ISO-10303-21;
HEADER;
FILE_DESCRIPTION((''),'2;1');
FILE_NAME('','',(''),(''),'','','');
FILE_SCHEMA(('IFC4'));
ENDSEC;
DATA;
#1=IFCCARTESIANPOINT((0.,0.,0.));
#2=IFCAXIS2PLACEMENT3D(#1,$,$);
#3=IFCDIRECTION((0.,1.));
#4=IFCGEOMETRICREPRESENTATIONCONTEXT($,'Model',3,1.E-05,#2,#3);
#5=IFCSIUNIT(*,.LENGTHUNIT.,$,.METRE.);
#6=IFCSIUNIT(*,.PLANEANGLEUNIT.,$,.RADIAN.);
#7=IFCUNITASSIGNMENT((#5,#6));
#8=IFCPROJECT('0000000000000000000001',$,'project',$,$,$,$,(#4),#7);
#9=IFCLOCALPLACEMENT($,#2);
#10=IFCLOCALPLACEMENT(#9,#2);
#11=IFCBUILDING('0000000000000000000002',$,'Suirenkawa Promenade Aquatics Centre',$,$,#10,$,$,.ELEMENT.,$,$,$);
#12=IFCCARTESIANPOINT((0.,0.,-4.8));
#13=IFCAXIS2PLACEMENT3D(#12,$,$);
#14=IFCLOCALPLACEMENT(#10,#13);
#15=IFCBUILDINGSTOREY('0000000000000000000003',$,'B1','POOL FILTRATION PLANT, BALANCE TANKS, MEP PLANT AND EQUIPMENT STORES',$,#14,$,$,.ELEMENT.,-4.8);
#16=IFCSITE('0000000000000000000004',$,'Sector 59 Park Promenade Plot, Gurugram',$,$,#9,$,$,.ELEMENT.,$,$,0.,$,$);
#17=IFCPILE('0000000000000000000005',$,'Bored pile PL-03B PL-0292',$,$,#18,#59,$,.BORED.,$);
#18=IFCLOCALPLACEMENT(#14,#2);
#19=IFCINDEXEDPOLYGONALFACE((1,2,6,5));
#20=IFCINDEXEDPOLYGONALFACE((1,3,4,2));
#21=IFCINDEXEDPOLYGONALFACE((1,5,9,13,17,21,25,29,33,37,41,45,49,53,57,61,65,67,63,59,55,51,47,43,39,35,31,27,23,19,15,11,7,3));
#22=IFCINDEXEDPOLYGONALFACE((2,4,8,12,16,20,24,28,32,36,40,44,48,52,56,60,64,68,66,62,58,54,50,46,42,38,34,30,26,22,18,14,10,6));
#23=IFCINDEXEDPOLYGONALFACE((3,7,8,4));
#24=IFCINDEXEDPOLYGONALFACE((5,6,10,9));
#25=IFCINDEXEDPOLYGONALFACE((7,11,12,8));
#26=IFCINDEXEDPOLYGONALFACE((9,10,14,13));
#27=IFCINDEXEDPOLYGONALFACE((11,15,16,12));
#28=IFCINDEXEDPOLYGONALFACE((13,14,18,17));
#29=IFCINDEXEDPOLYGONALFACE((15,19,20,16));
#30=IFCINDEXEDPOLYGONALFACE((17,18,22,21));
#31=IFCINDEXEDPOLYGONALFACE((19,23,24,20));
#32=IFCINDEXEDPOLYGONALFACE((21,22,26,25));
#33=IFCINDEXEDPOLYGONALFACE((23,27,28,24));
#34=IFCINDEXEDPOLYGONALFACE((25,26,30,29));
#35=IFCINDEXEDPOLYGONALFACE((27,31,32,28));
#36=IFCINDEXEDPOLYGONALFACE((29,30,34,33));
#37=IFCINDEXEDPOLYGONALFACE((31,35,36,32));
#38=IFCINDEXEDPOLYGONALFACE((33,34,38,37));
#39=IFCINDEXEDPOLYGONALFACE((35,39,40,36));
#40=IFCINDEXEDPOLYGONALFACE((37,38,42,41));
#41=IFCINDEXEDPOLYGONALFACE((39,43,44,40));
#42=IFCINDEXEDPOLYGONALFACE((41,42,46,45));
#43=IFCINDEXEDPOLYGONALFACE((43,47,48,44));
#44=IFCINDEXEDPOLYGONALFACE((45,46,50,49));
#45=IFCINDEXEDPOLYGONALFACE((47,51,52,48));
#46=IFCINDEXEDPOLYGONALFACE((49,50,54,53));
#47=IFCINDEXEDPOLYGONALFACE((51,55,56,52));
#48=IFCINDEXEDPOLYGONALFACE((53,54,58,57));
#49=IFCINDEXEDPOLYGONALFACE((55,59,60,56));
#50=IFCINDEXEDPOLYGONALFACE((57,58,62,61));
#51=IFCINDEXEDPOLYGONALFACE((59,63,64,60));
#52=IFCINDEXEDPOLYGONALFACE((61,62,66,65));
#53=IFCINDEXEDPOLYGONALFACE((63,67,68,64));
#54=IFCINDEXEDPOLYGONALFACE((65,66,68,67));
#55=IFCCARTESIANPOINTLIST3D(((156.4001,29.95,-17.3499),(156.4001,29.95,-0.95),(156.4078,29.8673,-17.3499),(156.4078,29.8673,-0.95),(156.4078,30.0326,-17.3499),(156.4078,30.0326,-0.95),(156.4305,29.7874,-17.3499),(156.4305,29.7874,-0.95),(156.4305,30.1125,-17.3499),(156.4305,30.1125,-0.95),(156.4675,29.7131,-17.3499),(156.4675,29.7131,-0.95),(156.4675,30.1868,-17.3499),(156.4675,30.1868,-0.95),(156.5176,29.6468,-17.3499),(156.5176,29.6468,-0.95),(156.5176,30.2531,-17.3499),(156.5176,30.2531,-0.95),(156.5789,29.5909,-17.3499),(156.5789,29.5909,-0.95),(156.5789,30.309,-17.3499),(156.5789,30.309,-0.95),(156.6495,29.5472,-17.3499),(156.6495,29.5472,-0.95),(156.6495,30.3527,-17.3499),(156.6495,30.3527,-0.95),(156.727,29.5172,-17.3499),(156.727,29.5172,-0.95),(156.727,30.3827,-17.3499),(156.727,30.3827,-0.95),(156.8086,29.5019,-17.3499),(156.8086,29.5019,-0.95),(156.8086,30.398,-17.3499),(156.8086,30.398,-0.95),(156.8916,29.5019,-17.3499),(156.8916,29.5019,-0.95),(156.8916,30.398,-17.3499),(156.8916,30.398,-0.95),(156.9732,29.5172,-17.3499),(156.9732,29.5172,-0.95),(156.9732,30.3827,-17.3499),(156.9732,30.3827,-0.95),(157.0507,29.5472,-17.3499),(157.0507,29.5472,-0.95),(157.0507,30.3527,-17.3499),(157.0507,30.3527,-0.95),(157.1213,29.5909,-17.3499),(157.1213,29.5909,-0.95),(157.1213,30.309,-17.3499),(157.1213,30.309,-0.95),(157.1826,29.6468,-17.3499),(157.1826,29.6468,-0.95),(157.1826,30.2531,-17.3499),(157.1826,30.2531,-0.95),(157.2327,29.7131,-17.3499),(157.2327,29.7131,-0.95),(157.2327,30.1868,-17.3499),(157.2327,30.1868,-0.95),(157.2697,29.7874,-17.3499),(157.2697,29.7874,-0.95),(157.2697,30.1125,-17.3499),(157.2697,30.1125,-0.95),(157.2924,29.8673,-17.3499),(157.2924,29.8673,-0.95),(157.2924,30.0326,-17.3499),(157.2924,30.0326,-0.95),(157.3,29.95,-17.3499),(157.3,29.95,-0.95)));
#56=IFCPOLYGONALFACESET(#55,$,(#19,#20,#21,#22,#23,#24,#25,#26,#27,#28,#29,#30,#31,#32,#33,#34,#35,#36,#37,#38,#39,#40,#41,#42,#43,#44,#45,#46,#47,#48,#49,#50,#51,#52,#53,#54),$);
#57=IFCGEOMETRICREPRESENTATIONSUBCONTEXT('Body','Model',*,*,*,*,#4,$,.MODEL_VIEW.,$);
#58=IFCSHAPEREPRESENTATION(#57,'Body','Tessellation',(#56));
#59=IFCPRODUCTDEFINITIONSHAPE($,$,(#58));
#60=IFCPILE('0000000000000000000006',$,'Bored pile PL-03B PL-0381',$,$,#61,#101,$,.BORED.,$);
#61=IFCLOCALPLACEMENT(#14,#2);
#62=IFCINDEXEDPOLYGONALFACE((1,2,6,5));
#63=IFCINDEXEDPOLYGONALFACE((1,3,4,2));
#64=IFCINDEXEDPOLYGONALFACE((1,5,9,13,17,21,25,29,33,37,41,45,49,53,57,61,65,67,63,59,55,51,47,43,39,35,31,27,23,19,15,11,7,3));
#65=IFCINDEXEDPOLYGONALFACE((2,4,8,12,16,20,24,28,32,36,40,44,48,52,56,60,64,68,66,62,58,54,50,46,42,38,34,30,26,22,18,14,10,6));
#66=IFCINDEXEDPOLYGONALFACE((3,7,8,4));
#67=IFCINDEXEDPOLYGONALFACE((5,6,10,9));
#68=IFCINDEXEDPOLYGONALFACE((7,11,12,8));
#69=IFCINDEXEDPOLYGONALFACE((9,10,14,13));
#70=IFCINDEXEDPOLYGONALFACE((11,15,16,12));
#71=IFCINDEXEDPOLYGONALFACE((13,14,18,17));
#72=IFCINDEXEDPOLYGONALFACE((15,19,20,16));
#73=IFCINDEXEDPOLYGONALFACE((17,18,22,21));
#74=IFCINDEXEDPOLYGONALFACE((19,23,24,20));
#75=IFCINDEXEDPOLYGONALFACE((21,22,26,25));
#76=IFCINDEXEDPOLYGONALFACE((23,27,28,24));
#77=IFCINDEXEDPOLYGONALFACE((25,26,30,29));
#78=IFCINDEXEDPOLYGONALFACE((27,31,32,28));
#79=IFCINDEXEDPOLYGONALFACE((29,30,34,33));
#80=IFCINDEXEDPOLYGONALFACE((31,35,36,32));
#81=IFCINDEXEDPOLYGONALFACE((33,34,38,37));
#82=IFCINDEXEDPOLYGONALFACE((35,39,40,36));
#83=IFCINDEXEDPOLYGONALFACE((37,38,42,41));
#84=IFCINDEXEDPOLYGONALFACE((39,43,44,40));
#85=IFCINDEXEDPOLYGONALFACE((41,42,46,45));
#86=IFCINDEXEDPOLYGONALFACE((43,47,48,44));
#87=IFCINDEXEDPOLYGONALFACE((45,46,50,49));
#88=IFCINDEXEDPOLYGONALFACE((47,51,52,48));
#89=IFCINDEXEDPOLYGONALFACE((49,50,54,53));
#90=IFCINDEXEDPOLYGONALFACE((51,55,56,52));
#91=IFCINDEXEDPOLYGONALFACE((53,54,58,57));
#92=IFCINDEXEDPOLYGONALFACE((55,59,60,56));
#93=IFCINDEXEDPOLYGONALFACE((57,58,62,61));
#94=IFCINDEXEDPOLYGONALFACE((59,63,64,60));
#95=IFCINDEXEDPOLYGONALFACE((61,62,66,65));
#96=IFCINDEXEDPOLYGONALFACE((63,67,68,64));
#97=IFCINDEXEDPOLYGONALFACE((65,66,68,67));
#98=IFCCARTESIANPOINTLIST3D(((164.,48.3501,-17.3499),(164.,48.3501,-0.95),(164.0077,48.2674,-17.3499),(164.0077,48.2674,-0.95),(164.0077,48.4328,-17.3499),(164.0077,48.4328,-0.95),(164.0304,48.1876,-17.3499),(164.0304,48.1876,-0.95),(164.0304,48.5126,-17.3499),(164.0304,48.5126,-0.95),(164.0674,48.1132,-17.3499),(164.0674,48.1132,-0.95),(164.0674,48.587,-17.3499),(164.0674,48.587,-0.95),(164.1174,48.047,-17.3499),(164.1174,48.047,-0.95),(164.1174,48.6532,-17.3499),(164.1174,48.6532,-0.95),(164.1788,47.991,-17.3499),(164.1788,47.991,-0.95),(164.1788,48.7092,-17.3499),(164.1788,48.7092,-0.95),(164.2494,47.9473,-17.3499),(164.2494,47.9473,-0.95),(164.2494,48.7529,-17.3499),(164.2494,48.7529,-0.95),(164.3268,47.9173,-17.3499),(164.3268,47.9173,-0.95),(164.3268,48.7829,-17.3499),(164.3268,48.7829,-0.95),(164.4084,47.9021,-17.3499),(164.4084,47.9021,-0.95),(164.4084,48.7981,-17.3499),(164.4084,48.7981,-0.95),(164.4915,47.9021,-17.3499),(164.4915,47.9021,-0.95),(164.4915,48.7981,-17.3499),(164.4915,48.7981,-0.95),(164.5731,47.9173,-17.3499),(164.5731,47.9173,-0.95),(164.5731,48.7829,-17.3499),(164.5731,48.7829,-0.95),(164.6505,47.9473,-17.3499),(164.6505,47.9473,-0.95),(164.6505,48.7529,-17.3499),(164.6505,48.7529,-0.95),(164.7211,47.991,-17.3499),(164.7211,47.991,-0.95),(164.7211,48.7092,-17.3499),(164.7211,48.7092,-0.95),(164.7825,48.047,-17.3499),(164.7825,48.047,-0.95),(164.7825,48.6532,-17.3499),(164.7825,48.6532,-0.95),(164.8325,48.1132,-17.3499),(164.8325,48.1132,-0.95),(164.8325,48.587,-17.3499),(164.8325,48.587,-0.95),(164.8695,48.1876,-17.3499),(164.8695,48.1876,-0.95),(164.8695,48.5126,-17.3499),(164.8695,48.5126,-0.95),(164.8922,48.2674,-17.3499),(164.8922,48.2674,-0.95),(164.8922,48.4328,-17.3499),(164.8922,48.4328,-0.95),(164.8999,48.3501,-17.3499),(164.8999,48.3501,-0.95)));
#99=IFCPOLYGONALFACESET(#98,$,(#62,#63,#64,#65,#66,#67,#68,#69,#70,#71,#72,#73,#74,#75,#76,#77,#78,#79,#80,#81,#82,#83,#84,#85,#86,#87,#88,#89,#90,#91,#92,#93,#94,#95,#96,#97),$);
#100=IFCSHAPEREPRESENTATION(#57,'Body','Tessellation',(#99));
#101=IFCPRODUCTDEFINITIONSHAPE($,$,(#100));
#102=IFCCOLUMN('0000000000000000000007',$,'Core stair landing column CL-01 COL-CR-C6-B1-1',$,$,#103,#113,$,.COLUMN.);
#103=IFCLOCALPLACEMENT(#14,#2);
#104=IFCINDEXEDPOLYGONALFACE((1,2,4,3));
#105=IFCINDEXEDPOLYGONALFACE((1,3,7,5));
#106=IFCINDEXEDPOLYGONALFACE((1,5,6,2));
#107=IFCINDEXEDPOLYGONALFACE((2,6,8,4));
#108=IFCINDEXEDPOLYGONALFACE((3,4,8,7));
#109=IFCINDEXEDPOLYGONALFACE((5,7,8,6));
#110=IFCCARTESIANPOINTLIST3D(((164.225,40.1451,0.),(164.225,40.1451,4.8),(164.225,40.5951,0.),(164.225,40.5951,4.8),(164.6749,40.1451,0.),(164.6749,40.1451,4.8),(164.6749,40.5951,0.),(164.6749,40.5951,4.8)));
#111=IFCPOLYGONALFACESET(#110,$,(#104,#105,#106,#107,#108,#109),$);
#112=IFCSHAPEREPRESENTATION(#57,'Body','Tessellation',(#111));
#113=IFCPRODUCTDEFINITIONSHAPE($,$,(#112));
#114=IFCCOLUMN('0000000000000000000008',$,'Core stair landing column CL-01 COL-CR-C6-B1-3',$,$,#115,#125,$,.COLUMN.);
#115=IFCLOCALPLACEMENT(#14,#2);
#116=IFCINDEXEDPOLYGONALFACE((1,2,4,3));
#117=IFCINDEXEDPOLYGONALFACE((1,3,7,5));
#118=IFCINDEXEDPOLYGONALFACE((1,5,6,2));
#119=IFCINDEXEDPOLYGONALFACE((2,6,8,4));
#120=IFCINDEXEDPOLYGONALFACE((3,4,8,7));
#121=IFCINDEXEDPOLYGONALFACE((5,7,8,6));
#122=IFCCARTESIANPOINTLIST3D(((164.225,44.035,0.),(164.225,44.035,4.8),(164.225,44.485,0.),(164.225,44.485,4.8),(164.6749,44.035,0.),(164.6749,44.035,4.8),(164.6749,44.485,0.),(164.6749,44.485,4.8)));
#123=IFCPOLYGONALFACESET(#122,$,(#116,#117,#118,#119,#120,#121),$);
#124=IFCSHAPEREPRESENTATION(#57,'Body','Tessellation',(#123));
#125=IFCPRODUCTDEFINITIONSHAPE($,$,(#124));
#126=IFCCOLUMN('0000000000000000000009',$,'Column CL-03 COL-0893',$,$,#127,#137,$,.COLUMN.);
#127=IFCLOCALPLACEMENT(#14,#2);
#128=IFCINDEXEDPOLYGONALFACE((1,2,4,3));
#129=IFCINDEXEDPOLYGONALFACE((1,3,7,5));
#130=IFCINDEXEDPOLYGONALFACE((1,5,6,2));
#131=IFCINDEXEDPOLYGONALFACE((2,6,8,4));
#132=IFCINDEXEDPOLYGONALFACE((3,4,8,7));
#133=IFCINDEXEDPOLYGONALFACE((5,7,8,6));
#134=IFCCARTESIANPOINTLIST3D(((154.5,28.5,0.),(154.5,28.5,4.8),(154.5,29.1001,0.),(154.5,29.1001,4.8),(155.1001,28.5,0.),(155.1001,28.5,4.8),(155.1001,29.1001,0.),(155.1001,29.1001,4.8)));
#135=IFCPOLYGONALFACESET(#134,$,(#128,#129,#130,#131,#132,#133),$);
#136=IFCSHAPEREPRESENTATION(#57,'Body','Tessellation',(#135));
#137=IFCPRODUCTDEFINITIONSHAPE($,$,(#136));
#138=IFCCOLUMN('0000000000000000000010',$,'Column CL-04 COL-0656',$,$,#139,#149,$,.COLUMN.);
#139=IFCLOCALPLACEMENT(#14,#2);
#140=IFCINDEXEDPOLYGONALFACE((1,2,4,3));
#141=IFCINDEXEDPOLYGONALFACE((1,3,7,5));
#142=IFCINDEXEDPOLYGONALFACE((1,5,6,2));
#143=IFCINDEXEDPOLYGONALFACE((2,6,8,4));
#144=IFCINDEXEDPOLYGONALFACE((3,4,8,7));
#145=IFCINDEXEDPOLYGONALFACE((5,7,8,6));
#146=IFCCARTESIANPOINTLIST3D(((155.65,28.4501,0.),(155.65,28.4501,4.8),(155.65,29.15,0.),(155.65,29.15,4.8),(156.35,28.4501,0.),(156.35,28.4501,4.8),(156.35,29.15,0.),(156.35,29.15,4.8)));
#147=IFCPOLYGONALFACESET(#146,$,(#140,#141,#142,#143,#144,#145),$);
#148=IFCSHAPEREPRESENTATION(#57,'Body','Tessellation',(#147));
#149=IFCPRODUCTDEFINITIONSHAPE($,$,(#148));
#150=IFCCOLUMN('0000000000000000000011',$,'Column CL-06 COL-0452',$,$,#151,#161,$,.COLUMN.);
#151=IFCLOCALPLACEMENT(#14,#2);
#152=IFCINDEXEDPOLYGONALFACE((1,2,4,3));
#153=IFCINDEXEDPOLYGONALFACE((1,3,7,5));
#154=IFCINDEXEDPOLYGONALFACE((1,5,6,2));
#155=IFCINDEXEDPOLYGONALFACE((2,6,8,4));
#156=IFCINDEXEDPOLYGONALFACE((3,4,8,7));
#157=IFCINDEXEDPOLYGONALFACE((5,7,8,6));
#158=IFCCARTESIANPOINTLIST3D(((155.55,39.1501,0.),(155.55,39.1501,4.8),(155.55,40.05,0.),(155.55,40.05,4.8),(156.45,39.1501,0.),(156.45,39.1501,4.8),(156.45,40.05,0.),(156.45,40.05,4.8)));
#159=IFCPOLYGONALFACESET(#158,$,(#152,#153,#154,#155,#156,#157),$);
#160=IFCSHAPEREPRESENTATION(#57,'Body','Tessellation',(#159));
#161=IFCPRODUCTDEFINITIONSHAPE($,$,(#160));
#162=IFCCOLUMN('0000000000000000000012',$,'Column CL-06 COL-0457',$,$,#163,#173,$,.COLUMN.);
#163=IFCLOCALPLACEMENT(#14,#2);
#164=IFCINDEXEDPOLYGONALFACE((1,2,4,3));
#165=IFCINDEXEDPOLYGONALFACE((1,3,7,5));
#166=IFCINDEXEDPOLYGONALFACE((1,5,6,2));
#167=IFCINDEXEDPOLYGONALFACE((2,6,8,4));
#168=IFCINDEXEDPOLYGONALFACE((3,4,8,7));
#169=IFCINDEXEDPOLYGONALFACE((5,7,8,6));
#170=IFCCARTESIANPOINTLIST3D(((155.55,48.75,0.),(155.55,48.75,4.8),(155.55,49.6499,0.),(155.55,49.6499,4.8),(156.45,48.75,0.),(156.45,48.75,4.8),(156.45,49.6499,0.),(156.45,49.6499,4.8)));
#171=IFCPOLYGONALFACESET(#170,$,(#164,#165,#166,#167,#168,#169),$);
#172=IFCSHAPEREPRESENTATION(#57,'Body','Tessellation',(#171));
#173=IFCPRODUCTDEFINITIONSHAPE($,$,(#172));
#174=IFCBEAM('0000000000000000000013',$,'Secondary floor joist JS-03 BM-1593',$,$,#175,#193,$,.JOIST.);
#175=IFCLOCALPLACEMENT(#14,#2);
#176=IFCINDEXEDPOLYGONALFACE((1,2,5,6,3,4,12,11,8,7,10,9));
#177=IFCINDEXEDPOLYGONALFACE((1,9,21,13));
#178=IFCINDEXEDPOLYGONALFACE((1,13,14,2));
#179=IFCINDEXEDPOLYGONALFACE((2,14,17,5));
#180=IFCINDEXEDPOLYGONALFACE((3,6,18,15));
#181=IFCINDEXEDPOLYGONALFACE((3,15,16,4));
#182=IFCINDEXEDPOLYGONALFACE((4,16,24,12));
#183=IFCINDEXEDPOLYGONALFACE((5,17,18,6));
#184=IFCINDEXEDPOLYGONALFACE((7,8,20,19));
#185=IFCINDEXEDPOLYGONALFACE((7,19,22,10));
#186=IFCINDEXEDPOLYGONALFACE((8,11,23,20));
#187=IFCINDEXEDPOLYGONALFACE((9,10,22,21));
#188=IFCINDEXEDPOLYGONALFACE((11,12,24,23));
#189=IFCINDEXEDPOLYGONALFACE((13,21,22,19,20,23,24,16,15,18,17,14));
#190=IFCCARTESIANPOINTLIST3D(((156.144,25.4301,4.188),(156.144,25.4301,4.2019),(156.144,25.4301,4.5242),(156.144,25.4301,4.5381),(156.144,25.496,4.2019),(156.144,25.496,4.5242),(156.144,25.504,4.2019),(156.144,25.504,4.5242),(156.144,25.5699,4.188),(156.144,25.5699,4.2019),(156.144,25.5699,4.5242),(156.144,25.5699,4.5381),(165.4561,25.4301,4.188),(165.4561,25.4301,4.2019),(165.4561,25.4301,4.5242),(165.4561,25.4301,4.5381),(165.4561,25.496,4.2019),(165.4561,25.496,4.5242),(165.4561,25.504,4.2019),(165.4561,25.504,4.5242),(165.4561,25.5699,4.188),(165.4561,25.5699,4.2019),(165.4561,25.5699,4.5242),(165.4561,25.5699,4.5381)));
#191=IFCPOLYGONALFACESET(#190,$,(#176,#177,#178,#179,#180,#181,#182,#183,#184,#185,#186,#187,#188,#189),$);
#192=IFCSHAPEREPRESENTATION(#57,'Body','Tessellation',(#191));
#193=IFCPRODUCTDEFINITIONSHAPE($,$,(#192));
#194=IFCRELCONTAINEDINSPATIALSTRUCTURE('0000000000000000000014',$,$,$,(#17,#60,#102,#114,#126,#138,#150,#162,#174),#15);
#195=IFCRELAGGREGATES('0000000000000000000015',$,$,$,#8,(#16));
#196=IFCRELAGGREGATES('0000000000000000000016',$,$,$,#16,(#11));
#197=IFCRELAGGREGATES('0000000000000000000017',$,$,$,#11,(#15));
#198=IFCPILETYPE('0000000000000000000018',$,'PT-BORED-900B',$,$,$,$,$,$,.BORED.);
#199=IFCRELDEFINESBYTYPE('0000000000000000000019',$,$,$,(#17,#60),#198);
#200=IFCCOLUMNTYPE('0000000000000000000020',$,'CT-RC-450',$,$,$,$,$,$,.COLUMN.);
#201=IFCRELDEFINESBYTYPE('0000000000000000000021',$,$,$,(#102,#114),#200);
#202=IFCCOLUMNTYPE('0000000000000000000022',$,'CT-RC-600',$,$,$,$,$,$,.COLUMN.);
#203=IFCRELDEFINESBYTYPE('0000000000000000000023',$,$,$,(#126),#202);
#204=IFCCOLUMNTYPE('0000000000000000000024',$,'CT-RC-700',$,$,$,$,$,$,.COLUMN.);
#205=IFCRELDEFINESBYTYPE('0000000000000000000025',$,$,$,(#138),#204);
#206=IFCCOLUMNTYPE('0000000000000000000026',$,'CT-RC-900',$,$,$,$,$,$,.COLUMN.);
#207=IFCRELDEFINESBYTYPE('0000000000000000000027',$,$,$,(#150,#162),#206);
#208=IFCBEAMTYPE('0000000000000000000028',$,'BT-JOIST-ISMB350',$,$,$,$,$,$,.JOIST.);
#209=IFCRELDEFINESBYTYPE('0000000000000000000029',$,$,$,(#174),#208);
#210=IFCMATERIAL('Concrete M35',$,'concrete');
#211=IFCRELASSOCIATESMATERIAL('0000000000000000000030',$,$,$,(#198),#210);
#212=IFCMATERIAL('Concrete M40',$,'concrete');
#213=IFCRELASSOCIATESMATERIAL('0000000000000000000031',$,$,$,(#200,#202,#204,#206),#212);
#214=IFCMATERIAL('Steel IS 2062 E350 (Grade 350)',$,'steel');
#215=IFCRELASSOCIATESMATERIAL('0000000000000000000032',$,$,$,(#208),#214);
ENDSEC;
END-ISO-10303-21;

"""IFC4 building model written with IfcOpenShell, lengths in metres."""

from ifc_helpers import new_model, si_unit, direction, frame, origin, origin_2d, place, context, subcontext, project, spatial, rectangle, circle, i_section, extrude, material, material_profile, profile_set, type_object, element, save


model = new_model("IFC4")

# Units and contexts
model_context = context("Model", 3, precision=1e-05, world=origin(), true_north=direction((0.0, 1.0)))
body_context = subcontext(model_context, "Body", "Model", "MODEL_VIEW")
ifc_project = project(units=[si_unit("LENGTHUNIT", "METRE"), si_unit("PLANEANGLEUNIT", "RADIAN")], contexts=[model_context])

# Site, building, storey
site_placement = place(None, origin())
site = spatial("IfcSite", under=ifc_project, at=site_placement, Name="Sector 59 Park Promenade Plot, Gurugram", CompositionType="ELEMENT", RefElevation=0.0)
building_placement = place(site_placement, origin())
building = spatial("IfcBuilding", under=site, at=building_placement, Name="Suirenkawa Promenade Aquatics Centre", CompositionType="ELEMENT")
storey_placement = place(building_placement, frame((0.0, 0.0, -4.8)))
storey = spatial("IfcBuildingStorey", under=building, at=storey_placement, Name="B1", Description="POOL FILTRATION PLANT, BALANCE TANKS, MEP PLANT AND EQUIPMENT STORES", CompositionType="ELEMENT", Elevation=-4.8)

# Shared definitions
ifc_material_1 = material(Name="Concrete M35", Category="concrete")

# Piles
ifc_material_profile_1 = material_profile(ifc_material_1, circle(Radius=0.45, at=origin_2d()), Name="PILE D900", Category="concrete")
ifc_profile_set_1 = profile_set([ifc_material_profile_1], Name="Concrete M35")
pile_type_1 = type_object("IfcPileType", Name="PT-BORED-900B", PredefinedType="BORED", material=ifc_profile_set_1)
for number, where, z_axis, x_axis, name in (
    (1, (156.8501, 29.95, -0.95), (0.0, 0.0, -1.0), (1.0, 0.0, 0.0), "Bored pile PL-03B PL-0292"),
    (2, (164.45, 48.3501, -0.95), (0.0, 0.0, -1.0), (1.0, 0.0, 0.0), "Bored pile PL-03B PL-0381"),
):
    element("IfcPile", number, at=place(storey_placement, frame(where, z_axis=z_axis, x_axis=x_axis)), inside=storey, type_object=pile_type_1, Name=name, PredefinedType="BORED", context=body_context, shape_type="SweptSolid", body=[
        extrude(circle(Radius=0.45, at=origin_2d()), origin(), (0.0, 0.0, 1.0), 16.3999),
    ])

# Columns
ifc_material_2 = material(Name="Concrete M40", Category="concrete")
ifc_material_profile_2 = material_profile(ifc_material_2, rectangle(XDim=0.45, YDim=0.45, at=origin_2d()), Name="RC COL 450x450", Category="concrete")
ifc_profile_set_2 = profile_set([ifc_material_profile_2], Name="Concrete M40")
column_type_1 = type_object("IfcColumnType", Name="CT-RC-450", PredefinedType="COLUMN", material=ifc_profile_set_2)
for number, where, z_axis, x_axis, name in (
    (3, (164.45, 40.3701, 0.0), (0.0, 0.0, 1.0), (1.0, 0.0, 0.0), "Core stair landing column CL-01 COL-CR-C6-B1-1"),
    (4, (164.45, 44.26, 0.0), (0.0, 0.0, 1.0), (1.0, 0.0, 0.0), "Core stair landing column CL-01 COL-CR-C6-B1-3"),
):
    element("IfcColumn", number, at=place(storey_placement, frame(where, z_axis=z_axis, x_axis=x_axis)), inside=storey, type_object=column_type_1, Name=name, PredefinedType="COLUMN", context=body_context, shape_type="SweptSolid", body=[
        extrude(rectangle(XDim=0.45, YDim=0.45, at=origin_2d()), origin(), (0.0, 0.0, 1.0), 4.8),
    ])
ifc_material_profile_3 = material_profile(ifc_material_2, rectangle(XDim=0.6001, YDim=0.6001, at=origin_2d()), Name="RC COL 600x600", Category="concrete")
ifc_profile_set_3 = profile_set([ifc_material_profile_3], Name="Concrete M40")
column_type_2 = type_object("IfcColumnType", Name="CT-RC-600", PredefinedType="COLUMN", material=ifc_profile_set_3)
column_1_placement = place(storey_placement, frame((154.8, 28.8, 0.0), z_axis=(0.0, 0.0, 1.0), x_axis=(1.0, 0.0, 0.0)))
element("IfcColumn", 5, at=column_1_placement, inside=storey, type_object=column_type_2, Name="Column CL-03 COL-0893", PredefinedType="COLUMN", context=body_context, shape_type="SweptSolid", body=[
    extrude(rectangle(XDim=0.6001, YDim=0.6001, at=origin_2d()), origin(), (0.0, 0.0, 1.0), 4.8),
])
ifc_material_profile_4 = material_profile(ifc_material_2, rectangle(XDim=0.7, YDim=0.7, at=origin_2d()), Name="RC COL 700x700", Category="concrete")
ifc_profile_set_4 = profile_set([ifc_material_profile_4], Name="Concrete M40")
column_type_3 = type_object("IfcColumnType", Name="CT-RC-700", PredefinedType="COLUMN", material=ifc_profile_set_4)
column_2_placement = place(storey_placement, frame((156.0, 28.8, 0.0), z_axis=(0.0, 0.0, 1.0), x_axis=(1.0, 0.0, 0.0)))
element("IfcColumn", 6, at=column_2_placement, inside=storey, type_object=column_type_3, Name="Column CL-04 COL-0656", PredefinedType="COLUMN", context=body_context, shape_type="SweptSolid", body=[
    extrude(rectangle(XDim=0.7, YDim=0.7, at=origin_2d()), origin(), (0.0, 0.0, 1.0), 4.8),
])
ifc_material_profile_5 = material_profile(ifc_material_2, rectangle(XDim=0.8999, YDim=0.8999, at=origin_2d()), Name="RC COL 900x900", Category="concrete")
ifc_profile_set_5 = profile_set([ifc_material_profile_5], Name="Concrete M40")
column_type_4 = type_object("IfcColumnType", Name="CT-RC-900", PredefinedType="COLUMN", material=ifc_profile_set_5)
for number, where, z_axis, x_axis, name in (
    (7, (156.0, 39.6001, 0.0), (0.0, 0.0, 1.0), (1.0, 0.0, 0.0), "Column CL-06 COL-0452"),
    (8, (156.0, 49.2, 0.0), (0.0, 0.0, 1.0), (1.0, 0.0, 0.0), "Column CL-06 COL-0457"),
):
    element("IfcColumn", number, at=place(storey_placement, frame(where, z_axis=z_axis, x_axis=x_axis)), inside=storey, type_object=column_type_4, Name=name, PredefinedType="COLUMN", context=body_context, shape_type="SweptSolid", body=[
        extrude(rectangle(XDim=0.8999, YDim=0.8999, at=origin_2d()), origin(), (0.0, 0.0, 1.0), 4.8),
    ])

# Beam
ifc_material_3 = material(Name="Steel IS 2062 E350 (Grade 350)", Category="steel")
ifc_material_profile_6 = material_profile(ifc_material_3, i_section(OverallWidth=0.1399, OverallDepth=0.3501, WebThickness=0.0081, FlangeThickness=0.0139, at=origin_2d()), Name="ISMB 350", Category="steel")
ifc_profile_set_6 = profile_set([ifc_material_profile_6], Name="Steel IS 2062 E350 (Grade 350)")
beam_type_1 = type_object("IfcBeamType", Name="BT-JOIST-ISMB350", PredefinedType="JOIST", material=ifc_profile_set_6)
beam_1_placement = place(storey_placement, frame((156.144, 25.5, 4.363), z_axis=(1.0, 0.0, 0.0), x_axis=(0.0, 1.0, 0.0)))
element("IfcBeam", 9, at=beam_1_placement, inside=storey, type_object=beam_type_1, Name="Secondary floor joist JS-03 BM-1593", PredefinedType="JOIST", context=body_context, shape_type="SweptSolid", body=[
    extrude(i_section(OverallWidth=0.1399, OverallDepth=0.3501, WebThickness=0.0081, FlangeThickness=0.0139, at=origin_2d()), origin(), (0.0, 0.0, 1.0), 9.312),
])

save(model, "model.ifc")
